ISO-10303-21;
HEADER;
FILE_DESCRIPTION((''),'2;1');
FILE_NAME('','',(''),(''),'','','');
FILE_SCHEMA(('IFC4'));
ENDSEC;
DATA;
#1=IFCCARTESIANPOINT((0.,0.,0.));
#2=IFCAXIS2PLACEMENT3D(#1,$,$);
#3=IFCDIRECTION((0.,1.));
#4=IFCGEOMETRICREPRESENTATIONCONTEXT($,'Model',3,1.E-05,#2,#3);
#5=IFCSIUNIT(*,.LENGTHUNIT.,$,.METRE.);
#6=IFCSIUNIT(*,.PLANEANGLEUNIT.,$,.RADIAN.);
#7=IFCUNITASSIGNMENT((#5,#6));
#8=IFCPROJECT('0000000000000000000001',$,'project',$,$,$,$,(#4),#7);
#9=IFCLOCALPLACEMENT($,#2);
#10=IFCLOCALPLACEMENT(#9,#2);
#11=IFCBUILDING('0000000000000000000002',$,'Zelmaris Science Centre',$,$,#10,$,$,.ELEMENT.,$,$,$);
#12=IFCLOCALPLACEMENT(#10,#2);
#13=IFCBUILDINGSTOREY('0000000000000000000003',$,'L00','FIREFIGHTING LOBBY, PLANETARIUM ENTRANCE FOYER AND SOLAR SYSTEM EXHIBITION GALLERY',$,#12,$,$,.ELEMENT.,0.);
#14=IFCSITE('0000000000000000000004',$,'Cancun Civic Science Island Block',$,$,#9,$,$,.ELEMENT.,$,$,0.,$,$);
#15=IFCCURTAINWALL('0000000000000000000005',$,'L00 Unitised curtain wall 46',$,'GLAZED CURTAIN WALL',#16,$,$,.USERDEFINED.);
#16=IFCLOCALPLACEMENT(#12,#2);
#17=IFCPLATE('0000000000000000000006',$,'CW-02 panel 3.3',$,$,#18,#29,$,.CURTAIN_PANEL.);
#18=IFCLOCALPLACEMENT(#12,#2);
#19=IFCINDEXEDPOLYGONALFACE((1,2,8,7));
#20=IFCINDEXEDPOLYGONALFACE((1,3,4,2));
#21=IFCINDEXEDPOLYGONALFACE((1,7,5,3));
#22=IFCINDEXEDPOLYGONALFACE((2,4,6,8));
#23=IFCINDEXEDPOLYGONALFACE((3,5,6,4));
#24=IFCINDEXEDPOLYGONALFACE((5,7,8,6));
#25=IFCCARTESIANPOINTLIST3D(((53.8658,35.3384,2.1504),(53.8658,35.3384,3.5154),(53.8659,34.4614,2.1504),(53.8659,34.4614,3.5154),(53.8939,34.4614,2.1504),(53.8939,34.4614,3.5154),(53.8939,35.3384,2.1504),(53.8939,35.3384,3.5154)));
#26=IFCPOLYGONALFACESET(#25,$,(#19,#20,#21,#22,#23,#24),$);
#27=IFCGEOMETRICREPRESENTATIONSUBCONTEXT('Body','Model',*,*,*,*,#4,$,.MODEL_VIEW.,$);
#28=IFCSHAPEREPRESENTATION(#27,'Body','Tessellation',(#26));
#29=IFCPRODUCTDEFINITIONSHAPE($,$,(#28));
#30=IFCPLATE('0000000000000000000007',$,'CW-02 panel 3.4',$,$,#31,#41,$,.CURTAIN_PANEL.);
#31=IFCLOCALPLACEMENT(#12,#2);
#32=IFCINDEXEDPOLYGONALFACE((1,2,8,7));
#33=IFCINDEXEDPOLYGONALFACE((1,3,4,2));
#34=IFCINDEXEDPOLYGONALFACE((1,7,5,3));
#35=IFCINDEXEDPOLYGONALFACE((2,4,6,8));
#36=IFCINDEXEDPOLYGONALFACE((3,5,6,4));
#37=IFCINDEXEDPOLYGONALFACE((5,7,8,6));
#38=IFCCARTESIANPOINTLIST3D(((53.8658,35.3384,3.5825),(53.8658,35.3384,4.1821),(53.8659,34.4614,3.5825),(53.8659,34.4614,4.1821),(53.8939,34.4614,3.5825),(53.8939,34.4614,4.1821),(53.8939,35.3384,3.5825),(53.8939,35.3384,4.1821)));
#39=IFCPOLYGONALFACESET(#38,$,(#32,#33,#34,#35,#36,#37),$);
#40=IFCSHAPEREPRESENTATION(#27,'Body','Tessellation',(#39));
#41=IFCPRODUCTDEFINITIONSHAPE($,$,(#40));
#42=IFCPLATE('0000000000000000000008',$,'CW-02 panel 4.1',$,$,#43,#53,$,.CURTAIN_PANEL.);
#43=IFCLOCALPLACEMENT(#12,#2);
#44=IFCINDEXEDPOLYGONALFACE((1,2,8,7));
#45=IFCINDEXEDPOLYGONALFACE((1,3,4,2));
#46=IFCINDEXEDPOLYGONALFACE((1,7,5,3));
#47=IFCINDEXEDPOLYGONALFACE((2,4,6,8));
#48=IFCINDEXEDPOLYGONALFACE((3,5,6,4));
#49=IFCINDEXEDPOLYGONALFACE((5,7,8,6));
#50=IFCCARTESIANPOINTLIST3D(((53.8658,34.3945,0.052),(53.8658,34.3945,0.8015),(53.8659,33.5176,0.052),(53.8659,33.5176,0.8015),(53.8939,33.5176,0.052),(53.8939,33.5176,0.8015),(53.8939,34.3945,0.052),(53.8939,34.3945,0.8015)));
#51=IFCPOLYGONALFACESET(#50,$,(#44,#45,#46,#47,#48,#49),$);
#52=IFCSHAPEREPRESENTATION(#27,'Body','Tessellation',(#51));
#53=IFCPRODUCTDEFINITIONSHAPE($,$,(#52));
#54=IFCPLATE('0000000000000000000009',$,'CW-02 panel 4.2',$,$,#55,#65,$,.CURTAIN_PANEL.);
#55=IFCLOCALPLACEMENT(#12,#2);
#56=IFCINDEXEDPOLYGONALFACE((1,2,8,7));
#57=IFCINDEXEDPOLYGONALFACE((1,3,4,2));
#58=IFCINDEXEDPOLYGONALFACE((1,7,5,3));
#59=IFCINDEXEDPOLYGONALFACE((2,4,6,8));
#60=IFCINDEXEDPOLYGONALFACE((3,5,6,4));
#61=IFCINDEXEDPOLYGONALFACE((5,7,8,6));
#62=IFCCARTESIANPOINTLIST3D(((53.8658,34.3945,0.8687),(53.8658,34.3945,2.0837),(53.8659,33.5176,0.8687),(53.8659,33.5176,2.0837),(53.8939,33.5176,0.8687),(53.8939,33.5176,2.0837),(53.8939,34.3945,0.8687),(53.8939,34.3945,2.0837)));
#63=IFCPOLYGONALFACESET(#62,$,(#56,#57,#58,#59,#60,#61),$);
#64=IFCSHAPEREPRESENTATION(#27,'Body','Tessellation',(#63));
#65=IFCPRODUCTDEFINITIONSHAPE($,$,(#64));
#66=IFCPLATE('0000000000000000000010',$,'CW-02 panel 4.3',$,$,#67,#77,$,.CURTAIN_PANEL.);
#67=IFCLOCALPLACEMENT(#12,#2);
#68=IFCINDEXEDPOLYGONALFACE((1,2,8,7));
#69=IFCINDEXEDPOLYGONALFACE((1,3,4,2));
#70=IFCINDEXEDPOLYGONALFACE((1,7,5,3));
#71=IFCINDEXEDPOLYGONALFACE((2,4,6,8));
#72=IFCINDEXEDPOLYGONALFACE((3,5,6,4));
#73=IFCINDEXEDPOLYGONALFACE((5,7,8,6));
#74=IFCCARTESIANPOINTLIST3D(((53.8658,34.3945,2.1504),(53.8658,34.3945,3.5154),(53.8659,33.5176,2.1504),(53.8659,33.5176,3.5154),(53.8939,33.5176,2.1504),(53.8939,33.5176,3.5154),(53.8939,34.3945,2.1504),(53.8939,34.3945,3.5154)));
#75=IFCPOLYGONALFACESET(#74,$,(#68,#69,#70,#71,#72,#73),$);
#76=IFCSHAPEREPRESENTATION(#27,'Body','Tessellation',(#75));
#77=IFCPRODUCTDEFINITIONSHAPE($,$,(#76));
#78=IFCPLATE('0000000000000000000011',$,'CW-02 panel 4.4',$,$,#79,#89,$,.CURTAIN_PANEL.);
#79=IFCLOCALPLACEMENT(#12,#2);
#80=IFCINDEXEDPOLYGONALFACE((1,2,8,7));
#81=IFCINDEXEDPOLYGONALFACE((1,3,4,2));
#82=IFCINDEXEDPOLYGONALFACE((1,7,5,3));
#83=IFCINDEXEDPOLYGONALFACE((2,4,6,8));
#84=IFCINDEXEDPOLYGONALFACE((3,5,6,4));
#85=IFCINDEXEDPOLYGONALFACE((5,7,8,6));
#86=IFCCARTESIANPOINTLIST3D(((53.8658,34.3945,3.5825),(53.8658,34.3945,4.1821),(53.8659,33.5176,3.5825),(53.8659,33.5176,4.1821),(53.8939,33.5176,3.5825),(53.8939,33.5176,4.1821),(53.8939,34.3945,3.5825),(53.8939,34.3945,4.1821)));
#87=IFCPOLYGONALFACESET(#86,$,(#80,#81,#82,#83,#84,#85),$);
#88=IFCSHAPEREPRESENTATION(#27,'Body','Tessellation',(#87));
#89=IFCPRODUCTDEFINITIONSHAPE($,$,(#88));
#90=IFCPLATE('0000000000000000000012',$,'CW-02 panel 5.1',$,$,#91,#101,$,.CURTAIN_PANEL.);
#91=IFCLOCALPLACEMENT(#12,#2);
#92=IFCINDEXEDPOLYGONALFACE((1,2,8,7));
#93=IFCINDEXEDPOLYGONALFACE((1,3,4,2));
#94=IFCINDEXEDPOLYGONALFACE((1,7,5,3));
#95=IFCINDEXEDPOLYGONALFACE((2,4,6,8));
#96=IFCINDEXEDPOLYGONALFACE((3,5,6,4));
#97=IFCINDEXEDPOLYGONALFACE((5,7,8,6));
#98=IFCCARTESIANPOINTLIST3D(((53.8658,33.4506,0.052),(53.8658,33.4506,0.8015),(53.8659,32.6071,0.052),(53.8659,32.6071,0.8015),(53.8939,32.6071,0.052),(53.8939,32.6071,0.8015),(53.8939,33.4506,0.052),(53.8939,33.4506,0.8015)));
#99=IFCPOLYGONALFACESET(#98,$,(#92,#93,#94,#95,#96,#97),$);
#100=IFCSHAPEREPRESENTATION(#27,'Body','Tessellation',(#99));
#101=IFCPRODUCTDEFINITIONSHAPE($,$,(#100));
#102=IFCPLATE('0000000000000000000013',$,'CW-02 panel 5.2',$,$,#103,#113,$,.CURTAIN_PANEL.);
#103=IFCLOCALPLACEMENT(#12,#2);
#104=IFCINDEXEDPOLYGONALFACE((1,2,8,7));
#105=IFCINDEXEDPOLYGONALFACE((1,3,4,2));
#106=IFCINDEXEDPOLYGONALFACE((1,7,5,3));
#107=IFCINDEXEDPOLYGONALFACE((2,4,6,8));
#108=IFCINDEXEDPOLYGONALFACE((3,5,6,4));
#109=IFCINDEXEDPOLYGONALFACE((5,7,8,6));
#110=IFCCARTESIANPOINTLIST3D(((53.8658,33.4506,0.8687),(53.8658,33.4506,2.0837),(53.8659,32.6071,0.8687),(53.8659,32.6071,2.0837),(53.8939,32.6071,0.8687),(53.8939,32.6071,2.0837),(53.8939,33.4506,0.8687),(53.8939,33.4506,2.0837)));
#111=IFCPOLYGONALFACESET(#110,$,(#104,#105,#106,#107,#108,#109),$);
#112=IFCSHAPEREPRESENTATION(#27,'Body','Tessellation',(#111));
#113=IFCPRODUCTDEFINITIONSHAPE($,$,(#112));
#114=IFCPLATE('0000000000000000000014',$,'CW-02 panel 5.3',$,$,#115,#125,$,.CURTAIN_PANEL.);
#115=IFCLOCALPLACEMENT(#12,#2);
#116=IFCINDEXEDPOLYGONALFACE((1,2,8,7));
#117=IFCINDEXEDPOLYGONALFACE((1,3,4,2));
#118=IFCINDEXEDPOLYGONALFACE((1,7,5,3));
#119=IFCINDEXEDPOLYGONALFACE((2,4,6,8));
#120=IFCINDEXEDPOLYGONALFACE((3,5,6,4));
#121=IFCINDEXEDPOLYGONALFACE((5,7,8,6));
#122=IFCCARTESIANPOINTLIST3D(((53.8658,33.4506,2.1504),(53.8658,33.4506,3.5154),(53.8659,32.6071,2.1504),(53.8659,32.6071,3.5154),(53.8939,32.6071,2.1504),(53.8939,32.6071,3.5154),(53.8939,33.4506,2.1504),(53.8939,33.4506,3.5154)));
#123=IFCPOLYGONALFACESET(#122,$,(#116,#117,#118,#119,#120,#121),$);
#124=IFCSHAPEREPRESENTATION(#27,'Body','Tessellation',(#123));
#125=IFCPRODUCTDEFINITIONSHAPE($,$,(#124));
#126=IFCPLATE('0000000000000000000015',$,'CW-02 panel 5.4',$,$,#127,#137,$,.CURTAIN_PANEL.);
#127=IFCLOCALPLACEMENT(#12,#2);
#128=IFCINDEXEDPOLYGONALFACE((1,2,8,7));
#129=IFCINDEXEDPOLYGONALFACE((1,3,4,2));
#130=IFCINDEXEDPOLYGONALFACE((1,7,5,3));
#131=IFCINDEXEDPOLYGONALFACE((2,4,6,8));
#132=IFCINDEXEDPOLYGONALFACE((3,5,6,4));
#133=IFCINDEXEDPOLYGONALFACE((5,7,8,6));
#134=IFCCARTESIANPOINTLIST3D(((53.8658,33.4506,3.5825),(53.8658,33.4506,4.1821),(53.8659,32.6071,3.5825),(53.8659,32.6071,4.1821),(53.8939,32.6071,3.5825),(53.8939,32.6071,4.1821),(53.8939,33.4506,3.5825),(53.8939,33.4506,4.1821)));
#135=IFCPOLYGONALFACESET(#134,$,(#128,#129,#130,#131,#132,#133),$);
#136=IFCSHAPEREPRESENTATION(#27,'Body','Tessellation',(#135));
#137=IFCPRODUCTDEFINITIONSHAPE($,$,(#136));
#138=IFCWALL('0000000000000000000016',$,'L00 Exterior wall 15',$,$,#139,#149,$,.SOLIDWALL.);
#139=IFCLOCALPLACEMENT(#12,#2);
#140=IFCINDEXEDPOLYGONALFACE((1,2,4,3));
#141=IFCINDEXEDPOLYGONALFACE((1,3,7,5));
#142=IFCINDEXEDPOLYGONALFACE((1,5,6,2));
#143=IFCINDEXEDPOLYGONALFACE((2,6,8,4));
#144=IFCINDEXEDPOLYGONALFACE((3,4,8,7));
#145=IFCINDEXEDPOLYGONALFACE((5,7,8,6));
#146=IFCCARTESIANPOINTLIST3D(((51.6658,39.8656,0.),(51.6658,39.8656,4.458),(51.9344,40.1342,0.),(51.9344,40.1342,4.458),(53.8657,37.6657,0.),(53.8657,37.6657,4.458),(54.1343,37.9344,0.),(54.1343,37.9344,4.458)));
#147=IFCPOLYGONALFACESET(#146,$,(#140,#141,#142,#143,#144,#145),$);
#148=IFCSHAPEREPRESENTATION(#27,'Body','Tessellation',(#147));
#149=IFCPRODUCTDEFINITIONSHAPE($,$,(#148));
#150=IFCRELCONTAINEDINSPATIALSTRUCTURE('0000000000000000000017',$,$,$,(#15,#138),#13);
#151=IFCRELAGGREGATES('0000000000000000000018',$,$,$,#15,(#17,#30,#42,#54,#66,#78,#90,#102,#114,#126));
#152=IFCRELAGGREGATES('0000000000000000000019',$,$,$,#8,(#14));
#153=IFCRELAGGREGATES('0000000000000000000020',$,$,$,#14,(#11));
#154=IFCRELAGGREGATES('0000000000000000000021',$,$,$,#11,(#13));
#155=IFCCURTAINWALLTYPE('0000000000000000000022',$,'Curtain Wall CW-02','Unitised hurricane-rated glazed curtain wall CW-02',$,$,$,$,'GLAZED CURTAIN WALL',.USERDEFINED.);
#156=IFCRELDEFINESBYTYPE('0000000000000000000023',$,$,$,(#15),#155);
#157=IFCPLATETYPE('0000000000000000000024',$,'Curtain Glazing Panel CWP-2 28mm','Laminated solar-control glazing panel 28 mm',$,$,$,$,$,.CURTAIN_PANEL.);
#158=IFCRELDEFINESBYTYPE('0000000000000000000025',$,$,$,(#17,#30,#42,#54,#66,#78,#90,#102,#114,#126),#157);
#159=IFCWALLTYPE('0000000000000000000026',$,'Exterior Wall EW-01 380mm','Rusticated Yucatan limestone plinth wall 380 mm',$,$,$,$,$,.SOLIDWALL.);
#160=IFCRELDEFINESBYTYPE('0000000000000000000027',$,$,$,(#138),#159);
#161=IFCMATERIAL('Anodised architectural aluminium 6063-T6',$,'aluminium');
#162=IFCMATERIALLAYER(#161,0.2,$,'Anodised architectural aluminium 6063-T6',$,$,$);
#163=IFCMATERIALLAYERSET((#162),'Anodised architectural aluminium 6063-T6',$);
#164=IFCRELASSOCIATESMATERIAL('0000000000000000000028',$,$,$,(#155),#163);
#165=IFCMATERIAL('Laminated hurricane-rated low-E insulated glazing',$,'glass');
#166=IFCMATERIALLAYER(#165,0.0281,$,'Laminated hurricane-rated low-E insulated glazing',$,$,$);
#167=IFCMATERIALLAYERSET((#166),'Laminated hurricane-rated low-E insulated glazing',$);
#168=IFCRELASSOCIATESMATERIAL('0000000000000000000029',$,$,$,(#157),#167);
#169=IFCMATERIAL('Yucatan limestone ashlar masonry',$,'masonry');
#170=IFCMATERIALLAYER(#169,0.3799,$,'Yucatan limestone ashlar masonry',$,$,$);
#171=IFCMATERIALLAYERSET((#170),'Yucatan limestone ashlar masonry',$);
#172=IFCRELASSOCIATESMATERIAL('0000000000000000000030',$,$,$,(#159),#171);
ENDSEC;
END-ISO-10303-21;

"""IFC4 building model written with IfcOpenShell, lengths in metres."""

from ifc_helpers import new_model, si_unit, direction, frame, frame_2d, origin, origin_2d, place, context, subcontext, project, spatial, rectangle, extrude, material, layer, layer_set, type_object, element, aggregate, save


model = new_model("IFC4")

# Units and contexts
model_context = context("Model", 3, precision=1e-05, world=origin(), true_north=direction((0.0, 1.0)))
body_context = subcontext(model_context, "Body", "Model", "MODEL_VIEW")
ifc_project = project(units=[si_unit("LENGTHUNIT", "METRE"), si_unit("PLANEANGLEUNIT", "RADIAN")], contexts=[model_context])

# Site, building, storey
site_placement = place(None, origin())
site = spatial("IfcSite", under=ifc_project, at=site_placement, Name="Cancun Civic Science Island Block", CompositionType="ELEMENT", RefElevation=0.0)
building_placement = place(site_placement, origin())
building = spatial("IfcBuilding", under=site, at=building_placement, Name="Zelmaris Science Centre", CompositionType="ELEMENT")
storey_placement = place(building_placement, origin())
storey = spatial("IfcBuildingStorey", under=building, at=storey_placement, Name="L00", Description="FIREFIGHTING LOBBY, PLANETARIUM ENTRANCE FOYER AND SOLAR SYSTEM EXHIBITION GALLERY", CompositionType="ELEMENT", Elevation=0.0)

# Curtain wall
ifc_material_1 = material(Name="Anodised architectural aluminium 6063-T6", Category="aluminium")
ifc_layer_1 = layer(ifc_material_1, 0.2, Name="Anodised architectural aluminium 6063-T6")
ifc_layer_set_1 = layer_set([ifc_layer_1], Name="Anodised architectural aluminium 6063-T6")
curtain_wall_type_1 = type_object("IfcCurtainWallType", Name="Curtain Wall CW-02", Description="Unitised hurricane-rated glazed curtain wall CW-02", ElementType="GLAZED CURTAIN WALL", PredefinedType="USERDEFINED", material=ifc_layer_set_1)
curtain_wall_1_placement = place(storey_placement, origin())
curtain_wall_1 = element("IfcCurtainWall", 1, at=curtain_wall_1_placement, inside=storey, type_object=curtain_wall_type_1, Name="L00 Unitised curtain wall 46", ObjectType="GLAZED CURTAIN WALL", PredefinedType="USERDEFINED")

# Plates
ifc_material_2 = material(Name="Laminated hurricane-rated low-E insulated glazing", Category="glass")
ifc_layer_2 = layer(ifc_material_2, 0.0281, Name="Laminated hurricane-rated low-E insulated glazing")
ifc_layer_set_2 = layer_set([ifc_layer_2], Name="Laminated hurricane-rated low-E insulated glazing")
plate_type_1 = type_object("IfcPlateType", Name="Curtain Glazing Panel CWP-2 28mm", Description="Laminated solar-control glazing panel 28 mm", PredefinedType="CURTAIN_PANEL", material=ifc_layer_set_2)
plate_1_placement = place(storey_placement, frame((53.8799, 34.8999, 2.1504), z_axis=(0.0, 0.0, 1.0), x_axis=(0.000021, -1.0, 0.0)))
plate_1 = element("IfcPlate", 2, at=plate_1_placement, type_object=plate_type_1, Name="CW-02 panel 3.3", PredefinedType="CURTAIN_PANEL", context=body_context, shape_type="SweptSolid", body=[
    extrude(rectangle(XDim=0.877, YDim=0.0281, at=origin_2d()), origin(), (0.0, 0.0, 1.0), 1.365),
])
plate_2_placement = place(storey_placement, frame((53.8799, 34.8999, 3.5825), z_axis=(0.0, 0.0, 1.0), x_axis=(0.000021, -1.0, 0.0)))
plate_2 = element("IfcPlate", 3, at=plate_2_placement, type_object=plate_type_1, Name="CW-02 panel 3.4", PredefinedType="CURTAIN_PANEL", context=body_context, shape_type="SweptSolid", body=[
    extrude(rectangle(XDim=0.877, YDim=0.0281, at=origin_2d()), origin(), (0.0, 0.0, 1.0), 0.5996),
])
plate_3_placement = place(storey_placement, frame((53.8799, 33.9561, 0.052), z_axis=(0.0, 0.0, 1.0), x_axis=(0.000021, -1.0, 0.0)))
plate_3 = element("IfcPlate", 4, at=plate_3_placement, type_object=plate_type_1, Name="CW-02 panel 4.1", PredefinedType="CURTAIN_PANEL", context=body_context, shape_type="SweptSolid", body=[
    extrude(rectangle(XDim=0.877, YDim=0.0281, at=origin_2d()), origin(), (0.0, 0.0, 1.0), 0.7495),
])
plate_4_placement = place(storey_placement, frame((53.8799, 33.9561, 0.8687), z_axis=(0.0, 0.0, 1.0), x_axis=(0.000021, -1.0, 0.0)))
plate_4 = element("IfcPlate", 5, at=plate_4_placement, type_object=plate_type_1, Name="CW-02 panel 4.2", PredefinedType="CURTAIN_PANEL", context=body_context, shape_type="SweptSolid", body=[
    extrude(rectangle(XDim=0.877, YDim=0.0281, at=origin_2d()), origin(), (0.0, 0.0, 1.0), 1.2151),
])
plate_5_placement = place(storey_placement, frame((53.8799, 33.9561, 2.1504), z_axis=(0.0, 0.0, 1.0), x_axis=(0.000021, -1.0, 0.0)))
plate_5 = element("IfcPlate", 6, at=plate_5_placement, type_object=plate_type_1, Name="CW-02 panel 4.3", PredefinedType="CURTAIN_PANEL", context=body_context, shape_type="SweptSolid", body=[
    extrude(rectangle(XDim=0.877, YDim=0.0281, at=origin_2d()), origin(), (0.0, 0.0, 1.0), 1.365),
])
plate_6_placement = place(storey_placement, frame((53.8799, 33.9561, 3.5825), z_axis=(0.0, 0.0, 1.0), x_axis=(0.000021, -1.0, 0.0)))
plate_6 = element("IfcPlate", 7, at=plate_6_placement, type_object=plate_type_1, Name="CW-02 panel 4.4", PredefinedType="CURTAIN_PANEL", context=body_context, shape_type="SweptSolid", body=[
    extrude(rectangle(XDim=0.877, YDim=0.0281, at=origin_2d()), origin(), (0.0, 0.0, 1.0), 0.5996),
])
plate_7_placement = place(storey_placement, frame((53.8799, 33.0288, 0.052), z_axis=(0.0, 0.0, 1.0), x_axis=(0.000021, -1.0, 0.0)))
plate_7 = element("IfcPlate", 8, at=plate_7_placement, type_object=plate_type_1, Name="CW-02 panel 5.1", PredefinedType="CURTAIN_PANEL", context=body_context, shape_type="SweptSolid", body=[
    extrude(rectangle(XDim=0.8435, YDim=0.0281, at=origin_2d()), origin(), (0.0, 0.0, 1.0), 0.7495),
])
plate_8_placement = place(storey_placement, frame((53.8799, 33.0288, 0.8687), z_axis=(0.0, 0.0, 1.0), x_axis=(0.000021, -1.0, 0.0)))
plate_8 = element("IfcPlate", 9, at=plate_8_placement, type_object=plate_type_1, Name="CW-02 panel 5.2", PredefinedType="CURTAIN_PANEL", context=body_context, shape_type="SweptSolid", body=[
    extrude(rectangle(XDim=0.8435, YDim=0.0281, at=origin_2d()), origin(), (0.0, 0.0, 1.0), 1.2151),
])
plate_9_placement = place(storey_placement, frame((53.8799, 33.0288, 2.1504), z_axis=(0.0, 0.0, 1.0), x_axis=(0.000021, -1.0, 0.0)))
plate_9 = element("IfcPlate", 10, at=plate_9_placement, type_object=plate_type_1, Name="CW-02 panel 5.3", PredefinedType="CURTAIN_PANEL", context=body_context, shape_type="SweptSolid", body=[
    extrude(rectangle(XDim=0.8435, YDim=0.0281, at=origin_2d()), origin(), (0.0, 0.0, 1.0), 1.365),
])
plate_10_placement = place(storey_placement, frame((53.8799, 33.0288, 3.5825), z_axis=(0.0, 0.0, 1.0), x_axis=(0.000021, -1.0, 0.0)))
plate_10 = element("IfcPlate", 11, at=plate_10_placement, type_object=plate_type_1, Name="CW-02 panel 5.4", PredefinedType="CURTAIN_PANEL", context=body_context, shape_type="SweptSolid", body=[
    extrude(rectangle(XDim=0.8435, YDim=0.0281, at=origin_2d()), origin(), (0.0, 0.0, 1.0), 0.5996),
])
aggregate(curtain_wall_1, [plate_1, plate_2, plate_3, plate_4, plate_5, plate_6, plate_7, plate_8, plate_9, plate_10])

# Wall
ifc_material_3 = material(Name="Yucatan limestone ashlar masonry", Category="masonry")
ifc_layer_3 = layer(ifc_material_3, 0.3799, Name="Yucatan limestone ashlar masonry")
ifc_layer_set_3 = layer_set([ifc_layer_3], Name="Yucatan limestone ashlar masonry")
wall_type = type_object("IfcWallType", Name="Exterior Wall EW-01 380mm", Description="Rusticated Yucatan limestone plinth wall 380 mm", PredefinedType="SOLIDWALL", material=ifc_layer_set_3)
wall_placement = place(storey_placement, frame((51.8, 40.0, 0.0), z_axis=(0.0, 0.0, 1.0), x_axis=(0.707107, -0.707107, 0.0)))
element("IfcWall", 12, at=wall_placement, inside=storey, type_object=wall_type, Name="L00 Exterior wall 15", PredefinedType="SOLIDWALL", context=body_context, shape_type="SweptSolid", body=[
    extrude(rectangle(XDim=3.1111, YDim=0.3799, at=frame_2d((1.5557, 0.0))), origin(), (0.0, 0.0, 1.0), 4.458),
])

save(model, "model.ifc")
